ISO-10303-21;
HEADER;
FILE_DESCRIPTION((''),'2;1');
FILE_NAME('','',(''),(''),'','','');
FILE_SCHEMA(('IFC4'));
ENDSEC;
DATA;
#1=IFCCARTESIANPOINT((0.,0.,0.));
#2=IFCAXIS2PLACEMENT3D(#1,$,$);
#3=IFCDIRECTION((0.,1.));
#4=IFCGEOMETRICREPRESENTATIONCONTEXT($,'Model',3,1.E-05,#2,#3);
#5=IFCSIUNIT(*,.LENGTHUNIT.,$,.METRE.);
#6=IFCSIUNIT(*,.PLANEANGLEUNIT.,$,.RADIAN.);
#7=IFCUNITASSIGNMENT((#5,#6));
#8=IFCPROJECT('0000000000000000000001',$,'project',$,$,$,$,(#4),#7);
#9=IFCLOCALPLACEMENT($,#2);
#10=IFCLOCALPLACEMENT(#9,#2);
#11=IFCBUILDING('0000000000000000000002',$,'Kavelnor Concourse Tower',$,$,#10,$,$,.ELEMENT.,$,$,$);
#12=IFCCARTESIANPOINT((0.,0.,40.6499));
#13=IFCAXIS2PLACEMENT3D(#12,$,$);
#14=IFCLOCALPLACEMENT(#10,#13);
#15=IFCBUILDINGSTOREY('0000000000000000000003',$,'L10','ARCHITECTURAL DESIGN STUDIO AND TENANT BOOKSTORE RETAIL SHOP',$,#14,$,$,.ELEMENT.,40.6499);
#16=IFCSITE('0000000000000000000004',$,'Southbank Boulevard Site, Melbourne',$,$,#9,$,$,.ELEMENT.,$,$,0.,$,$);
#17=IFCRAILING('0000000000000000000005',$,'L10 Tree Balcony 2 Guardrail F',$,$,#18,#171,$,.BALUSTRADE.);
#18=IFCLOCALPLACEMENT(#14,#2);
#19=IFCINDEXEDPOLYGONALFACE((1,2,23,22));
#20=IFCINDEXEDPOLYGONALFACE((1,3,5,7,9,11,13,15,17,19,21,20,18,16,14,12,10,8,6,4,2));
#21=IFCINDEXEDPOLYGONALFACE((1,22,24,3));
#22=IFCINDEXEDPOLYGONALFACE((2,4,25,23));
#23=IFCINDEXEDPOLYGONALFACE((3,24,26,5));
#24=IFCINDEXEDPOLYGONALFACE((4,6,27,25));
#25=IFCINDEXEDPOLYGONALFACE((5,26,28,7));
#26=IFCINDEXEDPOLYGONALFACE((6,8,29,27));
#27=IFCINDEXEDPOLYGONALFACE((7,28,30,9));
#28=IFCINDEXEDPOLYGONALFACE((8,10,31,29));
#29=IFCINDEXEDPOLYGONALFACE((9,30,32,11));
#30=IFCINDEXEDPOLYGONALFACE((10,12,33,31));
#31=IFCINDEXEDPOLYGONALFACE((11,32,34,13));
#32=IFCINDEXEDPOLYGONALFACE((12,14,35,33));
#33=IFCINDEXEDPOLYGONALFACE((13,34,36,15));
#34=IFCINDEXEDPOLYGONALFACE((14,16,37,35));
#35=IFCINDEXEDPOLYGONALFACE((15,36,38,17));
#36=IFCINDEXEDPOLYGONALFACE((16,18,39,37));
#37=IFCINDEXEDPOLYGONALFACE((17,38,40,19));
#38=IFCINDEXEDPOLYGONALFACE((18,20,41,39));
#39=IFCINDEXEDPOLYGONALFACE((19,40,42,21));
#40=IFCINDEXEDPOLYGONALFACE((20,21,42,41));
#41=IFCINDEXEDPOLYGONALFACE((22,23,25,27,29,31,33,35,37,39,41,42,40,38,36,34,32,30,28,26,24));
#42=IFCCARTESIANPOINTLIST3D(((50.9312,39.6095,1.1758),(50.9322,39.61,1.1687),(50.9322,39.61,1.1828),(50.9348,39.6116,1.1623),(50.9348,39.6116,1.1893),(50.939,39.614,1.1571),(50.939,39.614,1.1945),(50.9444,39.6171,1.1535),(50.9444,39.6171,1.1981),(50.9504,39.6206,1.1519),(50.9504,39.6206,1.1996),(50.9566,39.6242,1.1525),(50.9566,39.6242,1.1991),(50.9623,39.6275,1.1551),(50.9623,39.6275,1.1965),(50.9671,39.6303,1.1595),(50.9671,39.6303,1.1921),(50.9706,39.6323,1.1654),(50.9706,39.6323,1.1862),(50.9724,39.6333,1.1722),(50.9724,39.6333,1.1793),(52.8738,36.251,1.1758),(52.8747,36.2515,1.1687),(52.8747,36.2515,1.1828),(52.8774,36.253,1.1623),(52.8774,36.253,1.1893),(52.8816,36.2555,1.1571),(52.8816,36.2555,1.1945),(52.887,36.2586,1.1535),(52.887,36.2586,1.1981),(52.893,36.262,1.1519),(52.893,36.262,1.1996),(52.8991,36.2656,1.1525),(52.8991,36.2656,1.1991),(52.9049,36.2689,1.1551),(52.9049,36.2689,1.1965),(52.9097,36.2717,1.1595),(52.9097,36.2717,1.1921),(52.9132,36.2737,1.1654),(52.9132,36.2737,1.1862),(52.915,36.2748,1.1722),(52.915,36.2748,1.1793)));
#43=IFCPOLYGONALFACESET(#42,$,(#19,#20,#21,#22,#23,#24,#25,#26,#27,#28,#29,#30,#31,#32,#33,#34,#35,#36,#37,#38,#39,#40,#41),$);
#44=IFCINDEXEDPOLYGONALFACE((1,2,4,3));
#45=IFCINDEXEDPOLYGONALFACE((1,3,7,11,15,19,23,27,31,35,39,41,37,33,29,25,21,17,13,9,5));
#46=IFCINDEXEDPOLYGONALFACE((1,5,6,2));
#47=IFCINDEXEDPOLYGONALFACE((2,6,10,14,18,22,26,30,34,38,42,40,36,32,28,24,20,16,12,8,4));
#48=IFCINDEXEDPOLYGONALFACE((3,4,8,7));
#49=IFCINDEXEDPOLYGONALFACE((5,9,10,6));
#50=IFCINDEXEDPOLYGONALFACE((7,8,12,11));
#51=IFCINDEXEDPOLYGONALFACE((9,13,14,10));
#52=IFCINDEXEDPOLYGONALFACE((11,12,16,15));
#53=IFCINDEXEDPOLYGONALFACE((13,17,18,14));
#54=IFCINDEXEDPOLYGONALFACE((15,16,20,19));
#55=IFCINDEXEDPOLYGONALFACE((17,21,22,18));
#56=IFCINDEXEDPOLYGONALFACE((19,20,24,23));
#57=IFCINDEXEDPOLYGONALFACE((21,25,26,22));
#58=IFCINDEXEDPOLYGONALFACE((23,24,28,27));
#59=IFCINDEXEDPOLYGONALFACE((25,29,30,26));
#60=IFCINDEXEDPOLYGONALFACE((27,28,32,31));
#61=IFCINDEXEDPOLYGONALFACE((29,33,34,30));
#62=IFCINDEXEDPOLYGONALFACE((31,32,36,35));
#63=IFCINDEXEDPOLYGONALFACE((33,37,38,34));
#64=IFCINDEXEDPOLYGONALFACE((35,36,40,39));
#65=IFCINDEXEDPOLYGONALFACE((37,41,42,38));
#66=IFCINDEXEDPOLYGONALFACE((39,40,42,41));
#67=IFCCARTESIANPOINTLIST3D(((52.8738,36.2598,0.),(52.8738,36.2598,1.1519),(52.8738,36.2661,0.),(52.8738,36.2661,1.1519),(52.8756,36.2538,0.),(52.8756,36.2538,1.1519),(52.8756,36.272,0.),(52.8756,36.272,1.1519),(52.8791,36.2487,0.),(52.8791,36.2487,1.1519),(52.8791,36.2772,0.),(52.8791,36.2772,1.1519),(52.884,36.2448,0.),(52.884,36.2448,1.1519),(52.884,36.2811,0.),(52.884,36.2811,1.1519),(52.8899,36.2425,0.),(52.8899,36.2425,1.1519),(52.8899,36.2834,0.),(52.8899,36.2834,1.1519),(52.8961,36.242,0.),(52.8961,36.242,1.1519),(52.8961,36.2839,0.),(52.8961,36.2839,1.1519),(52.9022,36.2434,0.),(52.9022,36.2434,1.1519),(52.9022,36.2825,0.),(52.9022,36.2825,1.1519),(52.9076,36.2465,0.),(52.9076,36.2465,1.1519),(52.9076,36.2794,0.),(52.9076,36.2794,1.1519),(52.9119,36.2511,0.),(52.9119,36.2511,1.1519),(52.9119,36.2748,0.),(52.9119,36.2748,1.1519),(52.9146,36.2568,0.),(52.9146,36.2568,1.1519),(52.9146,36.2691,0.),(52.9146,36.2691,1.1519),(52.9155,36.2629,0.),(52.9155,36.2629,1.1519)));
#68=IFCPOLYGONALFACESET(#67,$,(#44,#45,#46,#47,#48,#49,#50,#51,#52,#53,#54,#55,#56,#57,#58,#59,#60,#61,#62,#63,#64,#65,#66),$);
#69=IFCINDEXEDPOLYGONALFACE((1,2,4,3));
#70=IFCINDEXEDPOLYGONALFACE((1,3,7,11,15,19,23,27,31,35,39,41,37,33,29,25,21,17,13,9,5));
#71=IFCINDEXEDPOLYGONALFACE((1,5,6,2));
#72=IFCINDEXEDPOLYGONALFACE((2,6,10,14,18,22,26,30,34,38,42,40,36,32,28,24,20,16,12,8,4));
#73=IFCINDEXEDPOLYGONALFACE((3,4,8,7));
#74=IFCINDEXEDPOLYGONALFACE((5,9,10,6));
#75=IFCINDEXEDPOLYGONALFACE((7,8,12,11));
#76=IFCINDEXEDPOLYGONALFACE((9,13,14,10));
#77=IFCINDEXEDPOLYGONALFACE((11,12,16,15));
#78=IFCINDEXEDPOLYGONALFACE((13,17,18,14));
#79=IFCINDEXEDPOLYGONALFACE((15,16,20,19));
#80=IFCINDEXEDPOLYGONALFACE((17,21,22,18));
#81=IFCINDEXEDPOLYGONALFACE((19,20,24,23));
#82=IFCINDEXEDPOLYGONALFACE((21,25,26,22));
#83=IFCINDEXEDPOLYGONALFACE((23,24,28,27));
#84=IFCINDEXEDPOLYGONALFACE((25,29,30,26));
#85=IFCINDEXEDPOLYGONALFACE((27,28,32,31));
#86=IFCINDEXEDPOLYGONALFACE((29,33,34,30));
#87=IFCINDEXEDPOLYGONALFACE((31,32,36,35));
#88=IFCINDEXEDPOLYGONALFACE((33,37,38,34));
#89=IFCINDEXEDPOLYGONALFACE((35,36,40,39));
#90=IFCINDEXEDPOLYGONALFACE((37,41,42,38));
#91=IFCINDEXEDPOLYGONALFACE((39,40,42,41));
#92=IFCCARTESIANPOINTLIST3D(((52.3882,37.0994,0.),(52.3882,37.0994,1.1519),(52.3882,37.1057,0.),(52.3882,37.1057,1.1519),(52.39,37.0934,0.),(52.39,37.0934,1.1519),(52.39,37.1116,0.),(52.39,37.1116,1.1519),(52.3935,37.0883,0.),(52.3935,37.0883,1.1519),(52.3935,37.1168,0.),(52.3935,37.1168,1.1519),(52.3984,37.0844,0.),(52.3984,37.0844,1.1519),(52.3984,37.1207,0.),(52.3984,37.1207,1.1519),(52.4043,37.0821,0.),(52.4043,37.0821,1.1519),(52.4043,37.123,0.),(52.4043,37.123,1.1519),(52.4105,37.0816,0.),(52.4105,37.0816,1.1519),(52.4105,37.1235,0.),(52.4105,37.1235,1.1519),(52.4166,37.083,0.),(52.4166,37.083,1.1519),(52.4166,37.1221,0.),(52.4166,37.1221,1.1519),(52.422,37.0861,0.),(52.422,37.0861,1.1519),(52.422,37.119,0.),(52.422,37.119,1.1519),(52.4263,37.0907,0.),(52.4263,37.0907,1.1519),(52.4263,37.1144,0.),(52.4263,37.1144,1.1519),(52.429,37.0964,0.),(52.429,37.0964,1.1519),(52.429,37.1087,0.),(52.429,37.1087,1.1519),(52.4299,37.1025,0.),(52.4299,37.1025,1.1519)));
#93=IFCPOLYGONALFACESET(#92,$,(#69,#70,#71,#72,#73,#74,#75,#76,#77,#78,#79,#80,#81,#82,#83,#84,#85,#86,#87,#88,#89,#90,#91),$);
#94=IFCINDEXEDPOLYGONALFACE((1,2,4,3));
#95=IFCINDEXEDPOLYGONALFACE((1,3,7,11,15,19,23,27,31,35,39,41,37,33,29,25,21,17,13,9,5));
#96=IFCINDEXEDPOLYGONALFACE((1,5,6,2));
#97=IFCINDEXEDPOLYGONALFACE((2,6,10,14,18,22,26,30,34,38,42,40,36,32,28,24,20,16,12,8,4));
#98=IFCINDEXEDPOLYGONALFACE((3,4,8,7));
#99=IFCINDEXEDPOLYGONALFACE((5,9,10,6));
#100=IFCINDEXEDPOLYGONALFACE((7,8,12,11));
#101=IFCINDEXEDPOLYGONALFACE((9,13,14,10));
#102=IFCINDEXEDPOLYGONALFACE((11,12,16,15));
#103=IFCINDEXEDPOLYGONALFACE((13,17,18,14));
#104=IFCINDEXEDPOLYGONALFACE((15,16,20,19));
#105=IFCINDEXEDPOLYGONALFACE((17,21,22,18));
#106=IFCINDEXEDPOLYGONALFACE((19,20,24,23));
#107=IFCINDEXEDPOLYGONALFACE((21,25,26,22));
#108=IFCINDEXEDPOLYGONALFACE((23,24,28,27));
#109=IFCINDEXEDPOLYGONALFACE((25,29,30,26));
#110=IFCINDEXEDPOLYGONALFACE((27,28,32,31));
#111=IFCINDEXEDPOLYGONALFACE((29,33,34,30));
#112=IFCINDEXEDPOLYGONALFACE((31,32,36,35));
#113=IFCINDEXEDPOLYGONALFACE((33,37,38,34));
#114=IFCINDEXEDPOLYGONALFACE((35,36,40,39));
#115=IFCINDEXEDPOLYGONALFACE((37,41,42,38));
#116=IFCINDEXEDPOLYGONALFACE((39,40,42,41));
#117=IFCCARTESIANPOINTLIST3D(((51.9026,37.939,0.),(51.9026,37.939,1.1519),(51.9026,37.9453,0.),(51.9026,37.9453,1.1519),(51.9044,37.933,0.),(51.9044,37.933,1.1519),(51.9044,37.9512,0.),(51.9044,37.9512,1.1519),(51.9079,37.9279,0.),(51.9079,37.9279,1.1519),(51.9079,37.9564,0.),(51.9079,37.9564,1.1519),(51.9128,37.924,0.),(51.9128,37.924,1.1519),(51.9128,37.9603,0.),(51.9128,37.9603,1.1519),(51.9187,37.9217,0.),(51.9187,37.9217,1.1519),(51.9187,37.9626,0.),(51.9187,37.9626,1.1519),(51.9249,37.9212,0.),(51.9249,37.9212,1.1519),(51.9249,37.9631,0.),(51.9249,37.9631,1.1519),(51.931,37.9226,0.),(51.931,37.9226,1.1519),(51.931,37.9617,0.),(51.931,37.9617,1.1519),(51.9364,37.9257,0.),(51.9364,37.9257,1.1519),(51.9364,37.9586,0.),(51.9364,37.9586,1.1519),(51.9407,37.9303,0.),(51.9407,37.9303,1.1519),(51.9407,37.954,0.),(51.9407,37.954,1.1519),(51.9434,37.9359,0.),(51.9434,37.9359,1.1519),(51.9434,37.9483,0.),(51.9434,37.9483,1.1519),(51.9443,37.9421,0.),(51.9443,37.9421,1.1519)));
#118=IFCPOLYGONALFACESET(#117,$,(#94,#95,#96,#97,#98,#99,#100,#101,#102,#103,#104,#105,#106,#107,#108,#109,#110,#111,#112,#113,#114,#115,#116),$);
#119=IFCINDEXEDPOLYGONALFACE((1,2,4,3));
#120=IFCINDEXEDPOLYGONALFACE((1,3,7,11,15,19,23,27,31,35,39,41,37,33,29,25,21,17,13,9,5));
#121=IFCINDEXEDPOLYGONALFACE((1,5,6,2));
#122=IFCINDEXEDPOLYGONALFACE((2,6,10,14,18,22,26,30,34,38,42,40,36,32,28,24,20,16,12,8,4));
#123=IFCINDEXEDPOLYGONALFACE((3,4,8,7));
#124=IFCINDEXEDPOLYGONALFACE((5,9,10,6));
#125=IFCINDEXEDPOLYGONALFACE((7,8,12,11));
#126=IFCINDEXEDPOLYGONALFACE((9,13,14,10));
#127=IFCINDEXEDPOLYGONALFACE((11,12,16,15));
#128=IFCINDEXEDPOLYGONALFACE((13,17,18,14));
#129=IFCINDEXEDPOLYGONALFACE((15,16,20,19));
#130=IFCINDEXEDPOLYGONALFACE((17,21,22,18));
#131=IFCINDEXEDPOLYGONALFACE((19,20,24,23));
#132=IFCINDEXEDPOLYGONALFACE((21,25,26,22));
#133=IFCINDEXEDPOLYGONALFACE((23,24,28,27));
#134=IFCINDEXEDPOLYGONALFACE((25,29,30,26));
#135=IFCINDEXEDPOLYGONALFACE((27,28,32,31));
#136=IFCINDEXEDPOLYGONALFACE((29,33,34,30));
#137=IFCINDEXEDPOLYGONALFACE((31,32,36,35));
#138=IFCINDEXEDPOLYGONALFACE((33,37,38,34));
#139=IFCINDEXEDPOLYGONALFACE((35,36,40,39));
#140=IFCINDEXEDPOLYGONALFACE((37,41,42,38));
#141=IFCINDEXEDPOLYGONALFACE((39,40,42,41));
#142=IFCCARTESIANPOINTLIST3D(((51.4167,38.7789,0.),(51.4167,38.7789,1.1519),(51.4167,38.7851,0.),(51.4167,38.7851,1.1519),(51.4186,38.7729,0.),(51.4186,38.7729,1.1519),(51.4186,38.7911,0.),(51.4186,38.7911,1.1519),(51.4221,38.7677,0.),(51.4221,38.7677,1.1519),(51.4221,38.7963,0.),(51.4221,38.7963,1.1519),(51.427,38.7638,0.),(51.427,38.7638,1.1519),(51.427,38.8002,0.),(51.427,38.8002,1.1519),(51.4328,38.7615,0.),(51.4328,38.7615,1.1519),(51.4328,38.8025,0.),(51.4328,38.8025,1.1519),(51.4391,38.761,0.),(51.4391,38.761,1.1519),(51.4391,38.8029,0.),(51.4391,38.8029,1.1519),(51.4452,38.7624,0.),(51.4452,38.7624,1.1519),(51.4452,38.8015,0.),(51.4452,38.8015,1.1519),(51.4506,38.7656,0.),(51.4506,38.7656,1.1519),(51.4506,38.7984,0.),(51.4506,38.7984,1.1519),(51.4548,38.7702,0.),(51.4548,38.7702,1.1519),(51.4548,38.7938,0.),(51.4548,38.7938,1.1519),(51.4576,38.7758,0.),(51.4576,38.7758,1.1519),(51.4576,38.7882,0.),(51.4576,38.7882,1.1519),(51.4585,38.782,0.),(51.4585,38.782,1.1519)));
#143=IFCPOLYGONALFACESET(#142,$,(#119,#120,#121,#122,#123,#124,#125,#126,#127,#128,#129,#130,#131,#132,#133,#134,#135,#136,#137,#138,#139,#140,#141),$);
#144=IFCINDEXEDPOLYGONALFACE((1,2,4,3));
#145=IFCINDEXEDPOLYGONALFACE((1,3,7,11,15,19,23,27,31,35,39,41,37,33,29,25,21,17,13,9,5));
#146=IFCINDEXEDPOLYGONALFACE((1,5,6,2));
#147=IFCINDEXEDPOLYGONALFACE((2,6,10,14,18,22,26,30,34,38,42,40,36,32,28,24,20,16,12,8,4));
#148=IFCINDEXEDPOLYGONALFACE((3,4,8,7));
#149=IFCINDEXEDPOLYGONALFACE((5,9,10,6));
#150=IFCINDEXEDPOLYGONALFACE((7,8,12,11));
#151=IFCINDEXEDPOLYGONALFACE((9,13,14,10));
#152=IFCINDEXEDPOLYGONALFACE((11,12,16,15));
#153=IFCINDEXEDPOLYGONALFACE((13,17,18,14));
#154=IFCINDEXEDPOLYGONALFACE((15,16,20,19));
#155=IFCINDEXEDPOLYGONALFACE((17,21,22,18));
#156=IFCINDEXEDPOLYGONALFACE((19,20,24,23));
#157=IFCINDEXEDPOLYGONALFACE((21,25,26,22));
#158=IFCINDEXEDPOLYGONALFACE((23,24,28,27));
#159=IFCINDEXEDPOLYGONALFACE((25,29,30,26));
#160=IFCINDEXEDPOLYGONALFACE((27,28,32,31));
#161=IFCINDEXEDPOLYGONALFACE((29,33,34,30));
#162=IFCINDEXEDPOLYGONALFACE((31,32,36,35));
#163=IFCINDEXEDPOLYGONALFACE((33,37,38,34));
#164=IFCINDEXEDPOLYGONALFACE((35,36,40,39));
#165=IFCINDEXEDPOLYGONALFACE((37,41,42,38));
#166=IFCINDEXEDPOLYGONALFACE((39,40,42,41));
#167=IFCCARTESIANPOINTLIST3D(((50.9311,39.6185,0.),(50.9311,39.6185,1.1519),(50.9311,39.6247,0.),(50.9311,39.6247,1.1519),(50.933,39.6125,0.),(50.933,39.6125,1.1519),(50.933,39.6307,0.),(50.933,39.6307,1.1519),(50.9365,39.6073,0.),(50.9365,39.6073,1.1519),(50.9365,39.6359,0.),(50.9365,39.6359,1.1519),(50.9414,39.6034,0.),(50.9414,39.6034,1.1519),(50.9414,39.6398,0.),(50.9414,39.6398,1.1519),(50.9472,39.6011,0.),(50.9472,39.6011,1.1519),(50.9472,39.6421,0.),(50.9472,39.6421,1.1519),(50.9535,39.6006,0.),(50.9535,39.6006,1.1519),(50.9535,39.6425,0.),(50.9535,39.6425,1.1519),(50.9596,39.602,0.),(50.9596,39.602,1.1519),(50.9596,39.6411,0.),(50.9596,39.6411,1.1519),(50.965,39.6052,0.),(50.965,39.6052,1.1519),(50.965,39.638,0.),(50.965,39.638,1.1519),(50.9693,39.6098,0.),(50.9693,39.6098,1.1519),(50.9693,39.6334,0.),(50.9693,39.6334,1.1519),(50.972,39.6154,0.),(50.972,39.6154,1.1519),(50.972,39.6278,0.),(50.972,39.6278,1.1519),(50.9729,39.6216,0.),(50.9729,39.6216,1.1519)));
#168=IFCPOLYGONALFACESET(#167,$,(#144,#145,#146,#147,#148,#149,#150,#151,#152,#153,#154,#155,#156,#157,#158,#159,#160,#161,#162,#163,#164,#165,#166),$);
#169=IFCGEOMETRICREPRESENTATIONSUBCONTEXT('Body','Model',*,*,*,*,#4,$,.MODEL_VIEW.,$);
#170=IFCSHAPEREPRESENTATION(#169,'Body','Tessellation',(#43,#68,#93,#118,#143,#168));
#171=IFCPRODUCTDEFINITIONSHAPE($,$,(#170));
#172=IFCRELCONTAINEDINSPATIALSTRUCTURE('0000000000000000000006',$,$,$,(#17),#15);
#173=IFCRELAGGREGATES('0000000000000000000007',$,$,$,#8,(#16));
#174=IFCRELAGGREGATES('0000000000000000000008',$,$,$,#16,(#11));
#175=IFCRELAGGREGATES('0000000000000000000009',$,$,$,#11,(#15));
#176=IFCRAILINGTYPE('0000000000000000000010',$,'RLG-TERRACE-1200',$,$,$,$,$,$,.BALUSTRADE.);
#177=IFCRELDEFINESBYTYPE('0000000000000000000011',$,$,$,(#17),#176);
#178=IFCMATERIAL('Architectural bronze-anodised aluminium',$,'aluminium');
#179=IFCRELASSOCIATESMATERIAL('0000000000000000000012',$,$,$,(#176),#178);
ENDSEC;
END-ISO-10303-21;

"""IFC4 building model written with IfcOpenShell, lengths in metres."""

from ifc_helpers import new_model, si_unit, direction, frame, origin, origin_2d, place, context, subcontext, project, spatial, circle, extrude, material, type_object, element, save


model = new_model("IFC4")

# Units and contexts
model_context = context("Model", 3, precision=1e-05, world=origin(), true_north=direction((0.0, 1.0)))
body_context = subcontext(model_context, "Body", "Model", "MODEL_VIEW")
ifc_project = project(units=[si_unit("LENGTHUNIT", "METRE"), si_unit("PLANEANGLEUNIT", "RADIAN")], contexts=[model_context])

# Site, building, storey
site_placement = place(None, origin())
site = spatial("IfcSite", under=ifc_project, at=site_placement, Name="Southbank Boulevard Site, Melbourne", CompositionType="ELEMENT", RefElevation=0.0)
building_placement = place(site_placement, origin())
building = spatial("IfcBuilding", under=site, at=building_placement, Name="Kavelnor Concourse Tower", CompositionType="ELEMENT")
storey_placement = place(building_placement, frame((0.0, 0.0, 40.6499)))
storey = spatial("IfcBuildingStorey", under=building, at=storey_placement, Name="L10", Description="ARCHITECTURAL DESIGN STUDIO AND TENANT BOOKSTORE RETAIL SHOP", CompositionType="ELEMENT", Elevation=40.6499)

# Railing
ifc_material_1 = material(Name="Architectural bronze-anodised aluminium", Category="aluminium")
railing_type = type_object("IfcRailingType", Name="RLG-TERRACE-1200", PredefinedType="BALUSTRADE", material=ifc_material_1)
railing_1_placement = place(storey_placement, frame((52.8945, 36.2629, 0.0)))
element("IfcRailing", 1, at=railing_1_placement, inside=storey, type_object=railing_type, Name="L10 Tree Balcony 2 Guardrail F", PredefinedType="BALUSTRADE", context=body_context, shape_type="SweptSolid", body=[
    extrude(circle(Radius=0.0239, at=origin_2d()), frame((0.0, 0.0, 1.1758), z_axis=(-0.500679, 0.865633, 0.0), x_axis=(-0.865633, -0.500679, 0.0)), (0.0, 0.0, 1.0), 3.8799),
    extrude(circle(Radius=0.021, at=origin_2d()), origin(), (0.0, 0.0, 1.0), 1.1519),
    extrude(circle(Radius=0.021, at=origin_2d()), frame((-0.4856, 0.8396, 0.0)), (0.0, 0.0, 1.0), 1.1519),
    extrude(circle(Radius=0.021, at=origin_2d()), frame((-0.9712, 1.6792, 0.0)), (0.0, 0.0, 1.0), 1.1519),
    extrude(circle(Radius=0.021, at=origin_2d()), frame((-1.457, 2.519, 0.0)), (0.0, 0.0, 1.0), 1.1519),
    extrude(circle(Radius=0.021, at=origin_2d()), frame((-1.9426, 3.3586, 0.0)), (0.0, 0.0, 1.0), 1.1519),
])

save(model, "model.ifc")
